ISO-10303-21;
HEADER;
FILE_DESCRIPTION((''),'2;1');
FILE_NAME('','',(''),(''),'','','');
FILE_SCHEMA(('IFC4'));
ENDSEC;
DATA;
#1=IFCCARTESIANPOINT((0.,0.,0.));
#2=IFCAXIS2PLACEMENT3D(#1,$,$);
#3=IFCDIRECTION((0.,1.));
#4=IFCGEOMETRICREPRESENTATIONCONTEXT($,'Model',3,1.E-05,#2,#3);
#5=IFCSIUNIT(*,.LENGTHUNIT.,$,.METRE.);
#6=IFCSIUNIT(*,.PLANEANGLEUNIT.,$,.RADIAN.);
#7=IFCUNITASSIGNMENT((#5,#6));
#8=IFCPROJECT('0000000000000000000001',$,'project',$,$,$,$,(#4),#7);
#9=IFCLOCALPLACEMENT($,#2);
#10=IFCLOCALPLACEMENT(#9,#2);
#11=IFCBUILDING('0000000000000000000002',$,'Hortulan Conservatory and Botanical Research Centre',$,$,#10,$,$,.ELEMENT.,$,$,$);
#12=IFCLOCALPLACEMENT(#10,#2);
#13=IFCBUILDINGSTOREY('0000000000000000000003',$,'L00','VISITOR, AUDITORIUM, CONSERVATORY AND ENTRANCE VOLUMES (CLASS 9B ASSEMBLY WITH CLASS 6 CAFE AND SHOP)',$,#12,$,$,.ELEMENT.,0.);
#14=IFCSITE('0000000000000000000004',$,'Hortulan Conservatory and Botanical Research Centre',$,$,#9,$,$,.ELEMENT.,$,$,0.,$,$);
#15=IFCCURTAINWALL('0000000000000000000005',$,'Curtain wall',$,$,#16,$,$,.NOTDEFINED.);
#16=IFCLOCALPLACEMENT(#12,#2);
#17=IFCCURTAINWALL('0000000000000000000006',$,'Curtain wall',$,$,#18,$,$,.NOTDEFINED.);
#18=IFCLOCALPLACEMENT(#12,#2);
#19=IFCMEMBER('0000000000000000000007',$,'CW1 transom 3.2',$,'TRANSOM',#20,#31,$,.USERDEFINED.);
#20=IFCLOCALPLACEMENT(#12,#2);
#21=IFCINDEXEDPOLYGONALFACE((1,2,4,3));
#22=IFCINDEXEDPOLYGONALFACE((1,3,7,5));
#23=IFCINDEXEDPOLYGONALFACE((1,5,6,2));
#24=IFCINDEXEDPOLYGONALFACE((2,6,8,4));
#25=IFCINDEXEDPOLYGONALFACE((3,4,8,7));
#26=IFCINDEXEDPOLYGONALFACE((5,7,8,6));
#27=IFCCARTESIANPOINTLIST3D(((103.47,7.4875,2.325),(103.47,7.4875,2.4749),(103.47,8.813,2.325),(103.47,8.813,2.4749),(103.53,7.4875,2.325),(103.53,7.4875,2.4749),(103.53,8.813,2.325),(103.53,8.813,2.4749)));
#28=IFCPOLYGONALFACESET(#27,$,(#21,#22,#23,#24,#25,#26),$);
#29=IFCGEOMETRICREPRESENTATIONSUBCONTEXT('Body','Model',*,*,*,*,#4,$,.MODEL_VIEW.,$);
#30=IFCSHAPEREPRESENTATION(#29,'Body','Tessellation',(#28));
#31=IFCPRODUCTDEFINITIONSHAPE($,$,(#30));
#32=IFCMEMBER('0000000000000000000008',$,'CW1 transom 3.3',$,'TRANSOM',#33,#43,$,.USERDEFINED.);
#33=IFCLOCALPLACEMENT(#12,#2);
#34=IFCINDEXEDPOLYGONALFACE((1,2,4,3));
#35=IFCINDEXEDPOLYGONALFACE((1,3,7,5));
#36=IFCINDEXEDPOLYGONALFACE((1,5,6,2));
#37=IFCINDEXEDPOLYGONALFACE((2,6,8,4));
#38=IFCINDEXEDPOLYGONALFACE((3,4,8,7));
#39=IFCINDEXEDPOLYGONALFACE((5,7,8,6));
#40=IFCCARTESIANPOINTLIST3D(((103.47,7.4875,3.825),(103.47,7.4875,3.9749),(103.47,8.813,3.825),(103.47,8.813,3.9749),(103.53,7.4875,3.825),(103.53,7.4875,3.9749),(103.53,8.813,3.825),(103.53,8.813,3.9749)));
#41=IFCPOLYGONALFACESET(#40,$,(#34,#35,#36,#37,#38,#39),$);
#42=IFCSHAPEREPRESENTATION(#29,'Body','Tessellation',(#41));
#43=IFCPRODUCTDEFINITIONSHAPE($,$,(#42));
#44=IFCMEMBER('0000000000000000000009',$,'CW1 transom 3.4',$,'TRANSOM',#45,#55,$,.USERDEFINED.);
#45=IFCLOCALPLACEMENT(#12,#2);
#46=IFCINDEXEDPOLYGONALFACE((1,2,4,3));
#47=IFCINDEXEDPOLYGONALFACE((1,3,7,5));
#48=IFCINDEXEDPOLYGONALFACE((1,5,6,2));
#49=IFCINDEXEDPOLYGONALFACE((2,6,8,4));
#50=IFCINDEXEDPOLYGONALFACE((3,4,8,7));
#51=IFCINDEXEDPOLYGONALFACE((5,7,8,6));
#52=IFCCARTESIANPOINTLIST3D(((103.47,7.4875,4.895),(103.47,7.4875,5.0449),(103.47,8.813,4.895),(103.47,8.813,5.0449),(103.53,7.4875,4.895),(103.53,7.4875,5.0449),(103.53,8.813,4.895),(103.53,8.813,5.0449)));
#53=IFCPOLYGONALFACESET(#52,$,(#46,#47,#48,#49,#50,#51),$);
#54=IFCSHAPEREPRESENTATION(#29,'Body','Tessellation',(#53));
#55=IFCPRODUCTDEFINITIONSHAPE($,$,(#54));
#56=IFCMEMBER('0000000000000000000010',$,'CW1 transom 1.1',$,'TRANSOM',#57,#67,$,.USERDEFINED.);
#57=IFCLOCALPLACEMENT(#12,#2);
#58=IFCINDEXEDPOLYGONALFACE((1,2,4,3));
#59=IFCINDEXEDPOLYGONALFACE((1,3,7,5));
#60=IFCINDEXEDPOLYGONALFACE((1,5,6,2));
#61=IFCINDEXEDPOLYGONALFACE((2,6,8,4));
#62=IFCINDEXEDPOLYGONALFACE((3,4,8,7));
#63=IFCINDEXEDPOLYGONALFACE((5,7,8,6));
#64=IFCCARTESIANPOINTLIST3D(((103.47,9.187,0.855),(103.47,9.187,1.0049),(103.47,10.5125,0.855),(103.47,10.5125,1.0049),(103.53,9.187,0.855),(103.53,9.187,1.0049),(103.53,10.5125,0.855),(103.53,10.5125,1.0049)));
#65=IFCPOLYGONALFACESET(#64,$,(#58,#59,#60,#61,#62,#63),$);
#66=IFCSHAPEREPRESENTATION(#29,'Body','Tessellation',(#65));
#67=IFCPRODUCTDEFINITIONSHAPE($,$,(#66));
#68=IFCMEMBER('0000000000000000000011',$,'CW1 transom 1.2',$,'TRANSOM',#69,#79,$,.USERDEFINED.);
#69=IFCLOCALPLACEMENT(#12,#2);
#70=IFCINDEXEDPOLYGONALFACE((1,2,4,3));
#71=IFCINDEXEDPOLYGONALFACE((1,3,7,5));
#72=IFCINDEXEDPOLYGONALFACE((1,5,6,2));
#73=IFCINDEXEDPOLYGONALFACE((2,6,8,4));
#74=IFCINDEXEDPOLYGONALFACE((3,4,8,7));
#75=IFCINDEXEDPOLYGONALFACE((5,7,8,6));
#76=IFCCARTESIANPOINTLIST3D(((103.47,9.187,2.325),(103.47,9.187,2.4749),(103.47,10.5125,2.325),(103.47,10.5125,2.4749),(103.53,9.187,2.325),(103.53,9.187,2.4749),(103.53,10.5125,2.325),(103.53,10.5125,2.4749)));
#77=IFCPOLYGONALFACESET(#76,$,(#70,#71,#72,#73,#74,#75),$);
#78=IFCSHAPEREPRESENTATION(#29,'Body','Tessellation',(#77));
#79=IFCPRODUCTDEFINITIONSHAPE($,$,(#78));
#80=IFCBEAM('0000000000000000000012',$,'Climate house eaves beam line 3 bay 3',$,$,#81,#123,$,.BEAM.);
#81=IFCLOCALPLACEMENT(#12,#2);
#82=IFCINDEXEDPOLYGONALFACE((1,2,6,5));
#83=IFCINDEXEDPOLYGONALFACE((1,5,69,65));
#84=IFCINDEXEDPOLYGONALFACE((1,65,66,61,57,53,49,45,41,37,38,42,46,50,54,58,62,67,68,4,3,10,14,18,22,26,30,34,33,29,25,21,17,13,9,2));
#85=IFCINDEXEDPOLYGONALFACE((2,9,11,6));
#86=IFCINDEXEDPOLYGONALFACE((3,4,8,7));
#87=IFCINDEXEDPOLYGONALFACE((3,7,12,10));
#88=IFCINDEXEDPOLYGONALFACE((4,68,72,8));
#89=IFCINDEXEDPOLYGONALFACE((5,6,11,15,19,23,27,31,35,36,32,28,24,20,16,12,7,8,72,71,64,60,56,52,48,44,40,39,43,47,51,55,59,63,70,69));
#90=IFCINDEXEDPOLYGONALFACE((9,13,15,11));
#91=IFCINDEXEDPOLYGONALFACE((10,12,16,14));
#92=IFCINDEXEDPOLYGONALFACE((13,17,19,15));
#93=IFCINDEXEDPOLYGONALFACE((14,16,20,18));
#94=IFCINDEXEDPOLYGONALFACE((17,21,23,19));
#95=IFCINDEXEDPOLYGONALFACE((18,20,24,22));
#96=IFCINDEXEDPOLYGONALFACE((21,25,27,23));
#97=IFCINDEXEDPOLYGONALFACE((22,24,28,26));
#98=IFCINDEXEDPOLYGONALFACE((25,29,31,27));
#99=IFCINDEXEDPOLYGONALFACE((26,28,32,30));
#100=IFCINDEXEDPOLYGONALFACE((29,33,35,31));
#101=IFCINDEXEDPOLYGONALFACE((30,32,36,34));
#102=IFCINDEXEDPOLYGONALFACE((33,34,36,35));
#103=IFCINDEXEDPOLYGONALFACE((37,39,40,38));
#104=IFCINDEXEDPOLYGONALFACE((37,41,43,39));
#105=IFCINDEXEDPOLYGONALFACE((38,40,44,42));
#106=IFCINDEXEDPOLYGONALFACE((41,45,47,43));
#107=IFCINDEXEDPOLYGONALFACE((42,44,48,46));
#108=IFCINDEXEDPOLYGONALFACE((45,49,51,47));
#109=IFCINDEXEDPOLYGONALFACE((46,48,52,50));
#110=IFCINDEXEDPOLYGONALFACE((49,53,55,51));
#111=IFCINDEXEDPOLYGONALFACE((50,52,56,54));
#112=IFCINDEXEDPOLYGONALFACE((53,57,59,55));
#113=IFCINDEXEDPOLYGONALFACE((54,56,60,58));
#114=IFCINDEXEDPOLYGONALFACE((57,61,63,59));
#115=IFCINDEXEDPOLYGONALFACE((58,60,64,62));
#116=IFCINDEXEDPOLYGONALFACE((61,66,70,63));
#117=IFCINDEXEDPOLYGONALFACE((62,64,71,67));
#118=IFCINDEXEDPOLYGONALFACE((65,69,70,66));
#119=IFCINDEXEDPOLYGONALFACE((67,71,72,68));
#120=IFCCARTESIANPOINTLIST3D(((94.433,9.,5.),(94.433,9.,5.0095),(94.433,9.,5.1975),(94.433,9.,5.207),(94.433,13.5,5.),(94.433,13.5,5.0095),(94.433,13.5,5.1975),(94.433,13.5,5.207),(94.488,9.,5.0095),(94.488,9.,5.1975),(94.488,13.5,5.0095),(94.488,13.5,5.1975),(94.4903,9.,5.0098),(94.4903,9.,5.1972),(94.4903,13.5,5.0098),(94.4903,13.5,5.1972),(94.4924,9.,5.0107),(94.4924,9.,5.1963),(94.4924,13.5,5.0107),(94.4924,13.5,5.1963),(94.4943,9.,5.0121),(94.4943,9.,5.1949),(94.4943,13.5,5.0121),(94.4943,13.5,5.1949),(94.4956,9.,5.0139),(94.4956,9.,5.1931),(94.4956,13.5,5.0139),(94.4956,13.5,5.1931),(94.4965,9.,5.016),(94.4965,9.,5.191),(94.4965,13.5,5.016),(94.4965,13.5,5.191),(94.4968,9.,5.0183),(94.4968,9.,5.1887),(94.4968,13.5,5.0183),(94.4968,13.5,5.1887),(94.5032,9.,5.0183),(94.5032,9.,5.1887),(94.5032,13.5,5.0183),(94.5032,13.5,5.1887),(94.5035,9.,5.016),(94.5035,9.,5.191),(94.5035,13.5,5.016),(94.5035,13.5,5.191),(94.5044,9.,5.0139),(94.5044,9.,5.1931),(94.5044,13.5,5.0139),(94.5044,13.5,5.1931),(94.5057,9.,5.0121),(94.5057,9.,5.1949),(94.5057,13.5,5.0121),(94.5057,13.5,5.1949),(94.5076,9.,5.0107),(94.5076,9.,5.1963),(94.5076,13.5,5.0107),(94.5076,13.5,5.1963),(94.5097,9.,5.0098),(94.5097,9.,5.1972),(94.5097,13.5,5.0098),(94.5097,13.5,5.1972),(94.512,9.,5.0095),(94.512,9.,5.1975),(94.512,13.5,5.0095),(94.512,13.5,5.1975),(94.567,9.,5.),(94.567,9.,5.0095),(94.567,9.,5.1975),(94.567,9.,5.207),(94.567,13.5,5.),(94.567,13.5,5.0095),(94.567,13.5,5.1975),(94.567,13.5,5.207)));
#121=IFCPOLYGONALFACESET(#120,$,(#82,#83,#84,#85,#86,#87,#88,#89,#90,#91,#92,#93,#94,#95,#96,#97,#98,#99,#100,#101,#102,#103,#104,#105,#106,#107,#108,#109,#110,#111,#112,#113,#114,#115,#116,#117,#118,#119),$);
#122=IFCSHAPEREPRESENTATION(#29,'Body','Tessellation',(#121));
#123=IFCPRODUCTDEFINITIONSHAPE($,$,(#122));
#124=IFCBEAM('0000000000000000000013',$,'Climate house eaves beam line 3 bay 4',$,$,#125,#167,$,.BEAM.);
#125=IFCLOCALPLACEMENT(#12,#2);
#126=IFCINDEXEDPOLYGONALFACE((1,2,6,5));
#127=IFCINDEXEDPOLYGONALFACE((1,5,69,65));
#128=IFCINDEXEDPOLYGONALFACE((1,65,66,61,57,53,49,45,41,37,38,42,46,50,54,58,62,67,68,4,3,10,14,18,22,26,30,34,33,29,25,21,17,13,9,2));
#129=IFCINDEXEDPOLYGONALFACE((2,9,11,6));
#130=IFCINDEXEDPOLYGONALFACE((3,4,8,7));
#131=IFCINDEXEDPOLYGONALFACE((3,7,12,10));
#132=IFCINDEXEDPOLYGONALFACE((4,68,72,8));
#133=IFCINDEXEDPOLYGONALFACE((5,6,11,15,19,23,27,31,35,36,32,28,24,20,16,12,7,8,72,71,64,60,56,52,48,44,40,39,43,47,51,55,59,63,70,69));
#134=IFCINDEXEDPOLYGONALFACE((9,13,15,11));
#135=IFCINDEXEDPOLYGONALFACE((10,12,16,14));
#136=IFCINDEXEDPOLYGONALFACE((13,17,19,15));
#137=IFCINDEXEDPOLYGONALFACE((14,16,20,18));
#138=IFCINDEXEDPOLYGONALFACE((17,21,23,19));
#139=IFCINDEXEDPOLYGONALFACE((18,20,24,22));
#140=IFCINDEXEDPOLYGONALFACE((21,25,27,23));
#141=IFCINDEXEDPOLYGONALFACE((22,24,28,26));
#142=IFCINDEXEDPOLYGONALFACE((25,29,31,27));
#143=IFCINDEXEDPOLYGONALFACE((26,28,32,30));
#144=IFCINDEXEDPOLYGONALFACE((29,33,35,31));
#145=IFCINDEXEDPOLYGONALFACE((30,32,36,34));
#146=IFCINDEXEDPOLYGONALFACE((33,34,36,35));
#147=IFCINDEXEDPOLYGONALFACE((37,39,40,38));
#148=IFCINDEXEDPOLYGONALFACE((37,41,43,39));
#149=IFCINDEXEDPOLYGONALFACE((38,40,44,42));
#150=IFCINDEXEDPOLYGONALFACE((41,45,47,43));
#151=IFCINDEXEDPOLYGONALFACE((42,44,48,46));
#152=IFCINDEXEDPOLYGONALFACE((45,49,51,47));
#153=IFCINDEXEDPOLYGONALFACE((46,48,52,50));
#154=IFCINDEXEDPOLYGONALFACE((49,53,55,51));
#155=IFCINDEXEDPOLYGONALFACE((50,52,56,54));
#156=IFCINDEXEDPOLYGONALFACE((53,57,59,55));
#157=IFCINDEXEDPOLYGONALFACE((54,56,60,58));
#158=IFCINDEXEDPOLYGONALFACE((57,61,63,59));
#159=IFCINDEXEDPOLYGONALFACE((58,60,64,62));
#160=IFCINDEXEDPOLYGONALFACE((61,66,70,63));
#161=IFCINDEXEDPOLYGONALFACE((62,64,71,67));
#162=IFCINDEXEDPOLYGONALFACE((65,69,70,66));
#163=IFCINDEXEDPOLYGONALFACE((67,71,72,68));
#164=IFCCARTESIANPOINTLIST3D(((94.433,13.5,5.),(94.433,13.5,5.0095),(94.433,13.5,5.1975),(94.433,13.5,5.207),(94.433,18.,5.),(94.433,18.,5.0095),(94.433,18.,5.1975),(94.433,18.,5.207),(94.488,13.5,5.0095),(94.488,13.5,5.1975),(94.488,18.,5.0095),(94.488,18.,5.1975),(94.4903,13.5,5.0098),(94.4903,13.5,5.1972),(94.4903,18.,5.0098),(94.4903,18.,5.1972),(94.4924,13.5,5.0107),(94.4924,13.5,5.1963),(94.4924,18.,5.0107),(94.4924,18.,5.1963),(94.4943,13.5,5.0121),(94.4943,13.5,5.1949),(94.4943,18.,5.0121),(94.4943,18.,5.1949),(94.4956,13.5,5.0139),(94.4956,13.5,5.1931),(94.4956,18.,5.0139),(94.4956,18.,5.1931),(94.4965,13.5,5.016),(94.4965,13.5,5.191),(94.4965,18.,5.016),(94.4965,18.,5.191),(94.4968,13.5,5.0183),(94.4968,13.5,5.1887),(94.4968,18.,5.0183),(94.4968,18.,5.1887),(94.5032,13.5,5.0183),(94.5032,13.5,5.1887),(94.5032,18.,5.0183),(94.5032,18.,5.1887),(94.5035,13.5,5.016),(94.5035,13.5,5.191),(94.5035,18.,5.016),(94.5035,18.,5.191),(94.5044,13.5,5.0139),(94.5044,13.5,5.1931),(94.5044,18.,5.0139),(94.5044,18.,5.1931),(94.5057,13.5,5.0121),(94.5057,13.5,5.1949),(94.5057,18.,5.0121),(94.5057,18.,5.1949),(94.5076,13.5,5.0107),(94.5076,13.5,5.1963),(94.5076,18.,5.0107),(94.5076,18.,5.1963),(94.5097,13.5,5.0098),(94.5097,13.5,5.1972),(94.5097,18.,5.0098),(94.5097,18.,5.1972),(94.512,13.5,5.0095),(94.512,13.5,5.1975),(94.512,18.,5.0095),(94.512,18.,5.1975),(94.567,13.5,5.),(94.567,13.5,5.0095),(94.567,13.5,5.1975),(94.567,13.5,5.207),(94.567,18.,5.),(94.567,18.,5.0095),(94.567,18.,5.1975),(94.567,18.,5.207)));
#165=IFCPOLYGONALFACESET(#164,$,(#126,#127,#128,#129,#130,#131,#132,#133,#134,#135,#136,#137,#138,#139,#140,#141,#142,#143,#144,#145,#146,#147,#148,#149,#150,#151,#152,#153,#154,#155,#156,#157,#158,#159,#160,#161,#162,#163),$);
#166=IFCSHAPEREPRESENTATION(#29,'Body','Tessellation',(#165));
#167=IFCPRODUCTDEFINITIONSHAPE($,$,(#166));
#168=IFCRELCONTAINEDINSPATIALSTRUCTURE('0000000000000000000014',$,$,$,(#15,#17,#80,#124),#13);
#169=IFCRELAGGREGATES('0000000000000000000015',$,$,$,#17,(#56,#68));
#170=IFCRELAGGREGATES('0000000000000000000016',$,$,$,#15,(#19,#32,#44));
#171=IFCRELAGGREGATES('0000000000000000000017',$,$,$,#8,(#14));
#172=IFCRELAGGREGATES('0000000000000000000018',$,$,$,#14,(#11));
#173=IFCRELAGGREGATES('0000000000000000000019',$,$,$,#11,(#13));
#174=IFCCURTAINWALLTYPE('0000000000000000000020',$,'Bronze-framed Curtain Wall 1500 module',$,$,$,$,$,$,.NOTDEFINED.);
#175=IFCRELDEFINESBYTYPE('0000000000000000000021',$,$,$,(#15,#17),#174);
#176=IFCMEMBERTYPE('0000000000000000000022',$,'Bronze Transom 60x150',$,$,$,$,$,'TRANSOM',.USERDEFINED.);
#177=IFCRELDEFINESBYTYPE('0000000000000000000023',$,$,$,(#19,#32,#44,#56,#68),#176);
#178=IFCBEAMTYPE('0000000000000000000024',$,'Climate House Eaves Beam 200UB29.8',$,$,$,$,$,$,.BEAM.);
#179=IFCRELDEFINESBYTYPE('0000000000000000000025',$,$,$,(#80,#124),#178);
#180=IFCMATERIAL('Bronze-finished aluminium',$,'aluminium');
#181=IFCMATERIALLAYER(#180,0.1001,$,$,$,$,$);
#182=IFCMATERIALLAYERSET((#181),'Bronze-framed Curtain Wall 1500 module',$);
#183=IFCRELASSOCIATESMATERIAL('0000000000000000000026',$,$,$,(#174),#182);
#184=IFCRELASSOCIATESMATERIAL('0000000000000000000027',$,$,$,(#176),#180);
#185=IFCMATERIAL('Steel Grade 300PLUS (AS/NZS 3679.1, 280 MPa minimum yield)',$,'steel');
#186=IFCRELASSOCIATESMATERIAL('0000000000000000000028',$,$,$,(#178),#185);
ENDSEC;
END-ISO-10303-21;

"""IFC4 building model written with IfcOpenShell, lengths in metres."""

from ifc_helpers import new_model, si_unit, direction, frame, origin, origin_2d, place, context, subcontext, project, spatial, rectangle, i_section, extrude, material, layer, layer_set, material_profile, profile_set, type_object, element, aggregate, save


model = new_model("IFC4")

# Units and contexts
model_context = context("Model", 3, precision=1e-05, world=origin(), true_north=direction((0.0, 1.0)))
body_context = subcontext(model_context, "Body", "Model", "MODEL_VIEW")
ifc_project = project(units=[si_unit("LENGTHUNIT", "METRE"), si_unit("PLANEANGLEUNIT", "RADIAN")], contexts=[model_context])

# Site, building, storey
site_placement = place(None, origin())
site = spatial("IfcSite", under=ifc_project, at=site_placement, Name="Hortulan Conservatory and Botanical Research Centre", CompositionType="ELEMENT", RefElevation=0.0)
building_placement = place(site_placement, origin())
building = spatial("IfcBuilding", under=site, at=building_placement, Name="Hortulan Conservatory and Botanical Research Centre", CompositionType="ELEMENT")
storey_placement = place(building_placement, origin())
storey = spatial("IfcBuildingStorey", under=building, at=storey_placement, Name="L00", Description="VISITOR, AUDITORIUM, CONSERVATORY AND ENTRANCE VOLUMES (CLASS 9B ASSEMBLY WITH CLASS 6 CAFE AND SHOP)", CompositionType="ELEMENT", Elevation=0.0)

# Shared definitions
ifc_material_1 = material(Name="Steel Grade 300PLUS (AS/NZS 3679.1, 280 MPa minimum yield)", Category="steel")

# Curtain wall
ifc_material_2 = material(Name="Bronze-finished aluminium", Category="aluminium")
ifc_layer_1 = layer(ifc_material_2, 0.1001)
ifc_layer_set_1 = layer_set([ifc_layer_1], Name="Bronze-framed Curtain Wall 1500 module")
curtain_wall_type = type_object("IfcCurtainWallType", Name="Bronze-framed Curtain Wall 1500 module", PredefinedType="NOTDEFINED", material=ifc_layer_set_1)
curtain_wall_1_placement = place(storey_placement, origin())
curtain_wall_1 = element("IfcCurtainWall", 1, at=curtain_wall_1_placement, inside=storey, type_object=curtain_wall_type, Name="Curtain wall", PredefinedType="NOTDEFINED")

# Curtain wall
curtain_wall_2_placement = place(storey_placement, origin())
curtain_wall_2 = element("IfcCurtainWall", 2, at=curtain_wall_2_placement, inside=storey, type_object=curtain_wall_type, Name="Curtain wall", PredefinedType="NOTDEFINED")

# Members
ifc_material_profile_1 = material_profile(ifc_material_2, rectangle(XDim=0.0601, YDim=0.1499, at=origin_2d()), Name="Bronze Transom 60x150")
ifc_profile_set_1 = profile_set([ifc_material_profile_1], Name="Bronze-finished aluminium")
member_type_1 = type_object("IfcMemberType", Name="Bronze Transom 60x150", ElementType="TRANSOM", PredefinedType="USERDEFINED", material=ifc_profile_set_1)
member_1_placement = place(storey_placement, frame((103.5, 7.4875, 2.3999), z_axis=(0.0, 1.0, 0.0), x_axis=(-1.0, 0.0, 0.0)))
member_1 = element("IfcMember", 3, at=member_1_placement, type_object=member_type_1, Name="CW1 transom 3.2", ObjectType="TRANSOM", PredefinedType="USERDEFINED", context=body_context, shape_type="SweptSolid", body=[
    extrude(rectangle(XDim=0.0601, YDim=0.1499, at=origin_2d()), origin(), (0.0, 0.0, 1.0), 1.3254),
])
member_2_placement = place(storey_placement, frame((103.5, 7.4875, 3.8999), z_axis=(0.0, 1.0, 0.0), x_axis=(-1.0, 0.0, 0.0)))
member_2 = element("IfcMember", 4, at=member_2_placement, type_object=member_type_1, Name="CW1 transom 3.3", ObjectType="TRANSOM", PredefinedType="USERDEFINED", context=body_context, shape_type="SweptSolid", body=[
    extrude(rectangle(XDim=0.0601, YDim=0.1499, at=origin_2d()), origin(), (0.0, 0.0, 1.0), 1.3254),
])
member_3_placement = place(storey_placement, frame((103.5, 7.4875, 4.97), z_axis=(0.0, 1.0, 0.0), x_axis=(-1.0, 0.0, 0.0)))
member_3 = element("IfcMember", 5, at=member_3_placement, type_object=member_type_1, Name="CW1 transom 3.4", ObjectType="TRANSOM", PredefinedType="USERDEFINED", context=body_context, shape_type="SweptSolid", body=[
    extrude(rectangle(XDim=0.0601, YDim=0.1499, at=origin_2d()), origin(), (0.0, 0.0, 1.0), 1.3254),
])
member_4_placement = place(storey_placement, frame((103.5, 9.187, 0.9299), z_axis=(0.0, 1.0, 0.0), x_axis=(-1.0, 0.0, 0.0)))
member_4 = element("IfcMember", 6, at=member_4_placement, type_object=member_type_1, Name="CW1 transom 1.1", ObjectType="TRANSOM", PredefinedType="USERDEFINED", context=body_context, shape_type="SweptSolid", body=[
    extrude(rectangle(XDim=0.0601, YDim=0.1499, at=origin_2d()), origin(), (0.0, 0.0, 1.0), 1.3254),
])
member_5_placement = place(storey_placement, frame((103.5, 9.187, 2.3999), z_axis=(0.0, 1.0, 0.0), x_axis=(-1.0, 0.0, 0.0)))
member_5 = element("IfcMember", 7, at=member_5_placement, type_object=member_type_1, Name="CW1 transom 1.2", ObjectType="TRANSOM", PredefinedType="USERDEFINED", context=body_context, shape_type="SweptSolid", body=[
    extrude(rectangle(XDim=0.0601, YDim=0.1499, at=origin_2d()), origin(), (0.0, 0.0, 1.0), 1.3254),
])
aggregate(curtain_wall_2, [member_4, member_5])

# Beams
ifc_material_profile_2 = material_profile(ifc_material_1, i_section(OverallWidth=0.134, OverallDepth=0.207, WebThickness=0.0063, FlangeThickness=0.0095, FilletRadius=0.0088, at=origin_2d()), Name="200UB29.8")
ifc_profile_set_2 = profile_set([ifc_material_profile_2], Name="Steel Grade 300PLUS (AS/NZS 3679.1, 280 MPa minimum yield)")
beam_type = type_object("IfcBeamType", Name="Climate House Eaves Beam 200UB29.8", PredefinedType="BEAM", material=ifc_profile_set_2)
for number, where, z_axis, x_axis, name in (
    (8, (94.5, 9.0, 5.1035), (0.0, 1.0, 0.0), (-1.0, 0.0, 0.0), "Climate house eaves beam line 3 bay 3"),
    (9, (94.5, 13.5, 5.1035), (0.0, 1.0, 0.0), (-1.0, 0.0, 0.0), "Climate house eaves beam line 3 bay 4"),
):
    element("IfcBeam", number, at=place(storey_placement, frame(where, z_axis=z_axis, x_axis=x_axis)), inside=storey, type_object=beam_type, Name=name, PredefinedType="BEAM", context=body_context, shape_type="SweptSolid", body=[
        extrude(i_section(OverallWidth=0.134, OverallDepth=0.207, WebThickness=0.0063, FlangeThickness=0.0095, FilletRadius=0.0088, at=origin_2d()), origin(), (0.0, 0.0, 1.0), 4.5),
    ])

aggregate(curtain_wall_1, [member_1, member_2, member_3])

save(model, "model.ifc")
